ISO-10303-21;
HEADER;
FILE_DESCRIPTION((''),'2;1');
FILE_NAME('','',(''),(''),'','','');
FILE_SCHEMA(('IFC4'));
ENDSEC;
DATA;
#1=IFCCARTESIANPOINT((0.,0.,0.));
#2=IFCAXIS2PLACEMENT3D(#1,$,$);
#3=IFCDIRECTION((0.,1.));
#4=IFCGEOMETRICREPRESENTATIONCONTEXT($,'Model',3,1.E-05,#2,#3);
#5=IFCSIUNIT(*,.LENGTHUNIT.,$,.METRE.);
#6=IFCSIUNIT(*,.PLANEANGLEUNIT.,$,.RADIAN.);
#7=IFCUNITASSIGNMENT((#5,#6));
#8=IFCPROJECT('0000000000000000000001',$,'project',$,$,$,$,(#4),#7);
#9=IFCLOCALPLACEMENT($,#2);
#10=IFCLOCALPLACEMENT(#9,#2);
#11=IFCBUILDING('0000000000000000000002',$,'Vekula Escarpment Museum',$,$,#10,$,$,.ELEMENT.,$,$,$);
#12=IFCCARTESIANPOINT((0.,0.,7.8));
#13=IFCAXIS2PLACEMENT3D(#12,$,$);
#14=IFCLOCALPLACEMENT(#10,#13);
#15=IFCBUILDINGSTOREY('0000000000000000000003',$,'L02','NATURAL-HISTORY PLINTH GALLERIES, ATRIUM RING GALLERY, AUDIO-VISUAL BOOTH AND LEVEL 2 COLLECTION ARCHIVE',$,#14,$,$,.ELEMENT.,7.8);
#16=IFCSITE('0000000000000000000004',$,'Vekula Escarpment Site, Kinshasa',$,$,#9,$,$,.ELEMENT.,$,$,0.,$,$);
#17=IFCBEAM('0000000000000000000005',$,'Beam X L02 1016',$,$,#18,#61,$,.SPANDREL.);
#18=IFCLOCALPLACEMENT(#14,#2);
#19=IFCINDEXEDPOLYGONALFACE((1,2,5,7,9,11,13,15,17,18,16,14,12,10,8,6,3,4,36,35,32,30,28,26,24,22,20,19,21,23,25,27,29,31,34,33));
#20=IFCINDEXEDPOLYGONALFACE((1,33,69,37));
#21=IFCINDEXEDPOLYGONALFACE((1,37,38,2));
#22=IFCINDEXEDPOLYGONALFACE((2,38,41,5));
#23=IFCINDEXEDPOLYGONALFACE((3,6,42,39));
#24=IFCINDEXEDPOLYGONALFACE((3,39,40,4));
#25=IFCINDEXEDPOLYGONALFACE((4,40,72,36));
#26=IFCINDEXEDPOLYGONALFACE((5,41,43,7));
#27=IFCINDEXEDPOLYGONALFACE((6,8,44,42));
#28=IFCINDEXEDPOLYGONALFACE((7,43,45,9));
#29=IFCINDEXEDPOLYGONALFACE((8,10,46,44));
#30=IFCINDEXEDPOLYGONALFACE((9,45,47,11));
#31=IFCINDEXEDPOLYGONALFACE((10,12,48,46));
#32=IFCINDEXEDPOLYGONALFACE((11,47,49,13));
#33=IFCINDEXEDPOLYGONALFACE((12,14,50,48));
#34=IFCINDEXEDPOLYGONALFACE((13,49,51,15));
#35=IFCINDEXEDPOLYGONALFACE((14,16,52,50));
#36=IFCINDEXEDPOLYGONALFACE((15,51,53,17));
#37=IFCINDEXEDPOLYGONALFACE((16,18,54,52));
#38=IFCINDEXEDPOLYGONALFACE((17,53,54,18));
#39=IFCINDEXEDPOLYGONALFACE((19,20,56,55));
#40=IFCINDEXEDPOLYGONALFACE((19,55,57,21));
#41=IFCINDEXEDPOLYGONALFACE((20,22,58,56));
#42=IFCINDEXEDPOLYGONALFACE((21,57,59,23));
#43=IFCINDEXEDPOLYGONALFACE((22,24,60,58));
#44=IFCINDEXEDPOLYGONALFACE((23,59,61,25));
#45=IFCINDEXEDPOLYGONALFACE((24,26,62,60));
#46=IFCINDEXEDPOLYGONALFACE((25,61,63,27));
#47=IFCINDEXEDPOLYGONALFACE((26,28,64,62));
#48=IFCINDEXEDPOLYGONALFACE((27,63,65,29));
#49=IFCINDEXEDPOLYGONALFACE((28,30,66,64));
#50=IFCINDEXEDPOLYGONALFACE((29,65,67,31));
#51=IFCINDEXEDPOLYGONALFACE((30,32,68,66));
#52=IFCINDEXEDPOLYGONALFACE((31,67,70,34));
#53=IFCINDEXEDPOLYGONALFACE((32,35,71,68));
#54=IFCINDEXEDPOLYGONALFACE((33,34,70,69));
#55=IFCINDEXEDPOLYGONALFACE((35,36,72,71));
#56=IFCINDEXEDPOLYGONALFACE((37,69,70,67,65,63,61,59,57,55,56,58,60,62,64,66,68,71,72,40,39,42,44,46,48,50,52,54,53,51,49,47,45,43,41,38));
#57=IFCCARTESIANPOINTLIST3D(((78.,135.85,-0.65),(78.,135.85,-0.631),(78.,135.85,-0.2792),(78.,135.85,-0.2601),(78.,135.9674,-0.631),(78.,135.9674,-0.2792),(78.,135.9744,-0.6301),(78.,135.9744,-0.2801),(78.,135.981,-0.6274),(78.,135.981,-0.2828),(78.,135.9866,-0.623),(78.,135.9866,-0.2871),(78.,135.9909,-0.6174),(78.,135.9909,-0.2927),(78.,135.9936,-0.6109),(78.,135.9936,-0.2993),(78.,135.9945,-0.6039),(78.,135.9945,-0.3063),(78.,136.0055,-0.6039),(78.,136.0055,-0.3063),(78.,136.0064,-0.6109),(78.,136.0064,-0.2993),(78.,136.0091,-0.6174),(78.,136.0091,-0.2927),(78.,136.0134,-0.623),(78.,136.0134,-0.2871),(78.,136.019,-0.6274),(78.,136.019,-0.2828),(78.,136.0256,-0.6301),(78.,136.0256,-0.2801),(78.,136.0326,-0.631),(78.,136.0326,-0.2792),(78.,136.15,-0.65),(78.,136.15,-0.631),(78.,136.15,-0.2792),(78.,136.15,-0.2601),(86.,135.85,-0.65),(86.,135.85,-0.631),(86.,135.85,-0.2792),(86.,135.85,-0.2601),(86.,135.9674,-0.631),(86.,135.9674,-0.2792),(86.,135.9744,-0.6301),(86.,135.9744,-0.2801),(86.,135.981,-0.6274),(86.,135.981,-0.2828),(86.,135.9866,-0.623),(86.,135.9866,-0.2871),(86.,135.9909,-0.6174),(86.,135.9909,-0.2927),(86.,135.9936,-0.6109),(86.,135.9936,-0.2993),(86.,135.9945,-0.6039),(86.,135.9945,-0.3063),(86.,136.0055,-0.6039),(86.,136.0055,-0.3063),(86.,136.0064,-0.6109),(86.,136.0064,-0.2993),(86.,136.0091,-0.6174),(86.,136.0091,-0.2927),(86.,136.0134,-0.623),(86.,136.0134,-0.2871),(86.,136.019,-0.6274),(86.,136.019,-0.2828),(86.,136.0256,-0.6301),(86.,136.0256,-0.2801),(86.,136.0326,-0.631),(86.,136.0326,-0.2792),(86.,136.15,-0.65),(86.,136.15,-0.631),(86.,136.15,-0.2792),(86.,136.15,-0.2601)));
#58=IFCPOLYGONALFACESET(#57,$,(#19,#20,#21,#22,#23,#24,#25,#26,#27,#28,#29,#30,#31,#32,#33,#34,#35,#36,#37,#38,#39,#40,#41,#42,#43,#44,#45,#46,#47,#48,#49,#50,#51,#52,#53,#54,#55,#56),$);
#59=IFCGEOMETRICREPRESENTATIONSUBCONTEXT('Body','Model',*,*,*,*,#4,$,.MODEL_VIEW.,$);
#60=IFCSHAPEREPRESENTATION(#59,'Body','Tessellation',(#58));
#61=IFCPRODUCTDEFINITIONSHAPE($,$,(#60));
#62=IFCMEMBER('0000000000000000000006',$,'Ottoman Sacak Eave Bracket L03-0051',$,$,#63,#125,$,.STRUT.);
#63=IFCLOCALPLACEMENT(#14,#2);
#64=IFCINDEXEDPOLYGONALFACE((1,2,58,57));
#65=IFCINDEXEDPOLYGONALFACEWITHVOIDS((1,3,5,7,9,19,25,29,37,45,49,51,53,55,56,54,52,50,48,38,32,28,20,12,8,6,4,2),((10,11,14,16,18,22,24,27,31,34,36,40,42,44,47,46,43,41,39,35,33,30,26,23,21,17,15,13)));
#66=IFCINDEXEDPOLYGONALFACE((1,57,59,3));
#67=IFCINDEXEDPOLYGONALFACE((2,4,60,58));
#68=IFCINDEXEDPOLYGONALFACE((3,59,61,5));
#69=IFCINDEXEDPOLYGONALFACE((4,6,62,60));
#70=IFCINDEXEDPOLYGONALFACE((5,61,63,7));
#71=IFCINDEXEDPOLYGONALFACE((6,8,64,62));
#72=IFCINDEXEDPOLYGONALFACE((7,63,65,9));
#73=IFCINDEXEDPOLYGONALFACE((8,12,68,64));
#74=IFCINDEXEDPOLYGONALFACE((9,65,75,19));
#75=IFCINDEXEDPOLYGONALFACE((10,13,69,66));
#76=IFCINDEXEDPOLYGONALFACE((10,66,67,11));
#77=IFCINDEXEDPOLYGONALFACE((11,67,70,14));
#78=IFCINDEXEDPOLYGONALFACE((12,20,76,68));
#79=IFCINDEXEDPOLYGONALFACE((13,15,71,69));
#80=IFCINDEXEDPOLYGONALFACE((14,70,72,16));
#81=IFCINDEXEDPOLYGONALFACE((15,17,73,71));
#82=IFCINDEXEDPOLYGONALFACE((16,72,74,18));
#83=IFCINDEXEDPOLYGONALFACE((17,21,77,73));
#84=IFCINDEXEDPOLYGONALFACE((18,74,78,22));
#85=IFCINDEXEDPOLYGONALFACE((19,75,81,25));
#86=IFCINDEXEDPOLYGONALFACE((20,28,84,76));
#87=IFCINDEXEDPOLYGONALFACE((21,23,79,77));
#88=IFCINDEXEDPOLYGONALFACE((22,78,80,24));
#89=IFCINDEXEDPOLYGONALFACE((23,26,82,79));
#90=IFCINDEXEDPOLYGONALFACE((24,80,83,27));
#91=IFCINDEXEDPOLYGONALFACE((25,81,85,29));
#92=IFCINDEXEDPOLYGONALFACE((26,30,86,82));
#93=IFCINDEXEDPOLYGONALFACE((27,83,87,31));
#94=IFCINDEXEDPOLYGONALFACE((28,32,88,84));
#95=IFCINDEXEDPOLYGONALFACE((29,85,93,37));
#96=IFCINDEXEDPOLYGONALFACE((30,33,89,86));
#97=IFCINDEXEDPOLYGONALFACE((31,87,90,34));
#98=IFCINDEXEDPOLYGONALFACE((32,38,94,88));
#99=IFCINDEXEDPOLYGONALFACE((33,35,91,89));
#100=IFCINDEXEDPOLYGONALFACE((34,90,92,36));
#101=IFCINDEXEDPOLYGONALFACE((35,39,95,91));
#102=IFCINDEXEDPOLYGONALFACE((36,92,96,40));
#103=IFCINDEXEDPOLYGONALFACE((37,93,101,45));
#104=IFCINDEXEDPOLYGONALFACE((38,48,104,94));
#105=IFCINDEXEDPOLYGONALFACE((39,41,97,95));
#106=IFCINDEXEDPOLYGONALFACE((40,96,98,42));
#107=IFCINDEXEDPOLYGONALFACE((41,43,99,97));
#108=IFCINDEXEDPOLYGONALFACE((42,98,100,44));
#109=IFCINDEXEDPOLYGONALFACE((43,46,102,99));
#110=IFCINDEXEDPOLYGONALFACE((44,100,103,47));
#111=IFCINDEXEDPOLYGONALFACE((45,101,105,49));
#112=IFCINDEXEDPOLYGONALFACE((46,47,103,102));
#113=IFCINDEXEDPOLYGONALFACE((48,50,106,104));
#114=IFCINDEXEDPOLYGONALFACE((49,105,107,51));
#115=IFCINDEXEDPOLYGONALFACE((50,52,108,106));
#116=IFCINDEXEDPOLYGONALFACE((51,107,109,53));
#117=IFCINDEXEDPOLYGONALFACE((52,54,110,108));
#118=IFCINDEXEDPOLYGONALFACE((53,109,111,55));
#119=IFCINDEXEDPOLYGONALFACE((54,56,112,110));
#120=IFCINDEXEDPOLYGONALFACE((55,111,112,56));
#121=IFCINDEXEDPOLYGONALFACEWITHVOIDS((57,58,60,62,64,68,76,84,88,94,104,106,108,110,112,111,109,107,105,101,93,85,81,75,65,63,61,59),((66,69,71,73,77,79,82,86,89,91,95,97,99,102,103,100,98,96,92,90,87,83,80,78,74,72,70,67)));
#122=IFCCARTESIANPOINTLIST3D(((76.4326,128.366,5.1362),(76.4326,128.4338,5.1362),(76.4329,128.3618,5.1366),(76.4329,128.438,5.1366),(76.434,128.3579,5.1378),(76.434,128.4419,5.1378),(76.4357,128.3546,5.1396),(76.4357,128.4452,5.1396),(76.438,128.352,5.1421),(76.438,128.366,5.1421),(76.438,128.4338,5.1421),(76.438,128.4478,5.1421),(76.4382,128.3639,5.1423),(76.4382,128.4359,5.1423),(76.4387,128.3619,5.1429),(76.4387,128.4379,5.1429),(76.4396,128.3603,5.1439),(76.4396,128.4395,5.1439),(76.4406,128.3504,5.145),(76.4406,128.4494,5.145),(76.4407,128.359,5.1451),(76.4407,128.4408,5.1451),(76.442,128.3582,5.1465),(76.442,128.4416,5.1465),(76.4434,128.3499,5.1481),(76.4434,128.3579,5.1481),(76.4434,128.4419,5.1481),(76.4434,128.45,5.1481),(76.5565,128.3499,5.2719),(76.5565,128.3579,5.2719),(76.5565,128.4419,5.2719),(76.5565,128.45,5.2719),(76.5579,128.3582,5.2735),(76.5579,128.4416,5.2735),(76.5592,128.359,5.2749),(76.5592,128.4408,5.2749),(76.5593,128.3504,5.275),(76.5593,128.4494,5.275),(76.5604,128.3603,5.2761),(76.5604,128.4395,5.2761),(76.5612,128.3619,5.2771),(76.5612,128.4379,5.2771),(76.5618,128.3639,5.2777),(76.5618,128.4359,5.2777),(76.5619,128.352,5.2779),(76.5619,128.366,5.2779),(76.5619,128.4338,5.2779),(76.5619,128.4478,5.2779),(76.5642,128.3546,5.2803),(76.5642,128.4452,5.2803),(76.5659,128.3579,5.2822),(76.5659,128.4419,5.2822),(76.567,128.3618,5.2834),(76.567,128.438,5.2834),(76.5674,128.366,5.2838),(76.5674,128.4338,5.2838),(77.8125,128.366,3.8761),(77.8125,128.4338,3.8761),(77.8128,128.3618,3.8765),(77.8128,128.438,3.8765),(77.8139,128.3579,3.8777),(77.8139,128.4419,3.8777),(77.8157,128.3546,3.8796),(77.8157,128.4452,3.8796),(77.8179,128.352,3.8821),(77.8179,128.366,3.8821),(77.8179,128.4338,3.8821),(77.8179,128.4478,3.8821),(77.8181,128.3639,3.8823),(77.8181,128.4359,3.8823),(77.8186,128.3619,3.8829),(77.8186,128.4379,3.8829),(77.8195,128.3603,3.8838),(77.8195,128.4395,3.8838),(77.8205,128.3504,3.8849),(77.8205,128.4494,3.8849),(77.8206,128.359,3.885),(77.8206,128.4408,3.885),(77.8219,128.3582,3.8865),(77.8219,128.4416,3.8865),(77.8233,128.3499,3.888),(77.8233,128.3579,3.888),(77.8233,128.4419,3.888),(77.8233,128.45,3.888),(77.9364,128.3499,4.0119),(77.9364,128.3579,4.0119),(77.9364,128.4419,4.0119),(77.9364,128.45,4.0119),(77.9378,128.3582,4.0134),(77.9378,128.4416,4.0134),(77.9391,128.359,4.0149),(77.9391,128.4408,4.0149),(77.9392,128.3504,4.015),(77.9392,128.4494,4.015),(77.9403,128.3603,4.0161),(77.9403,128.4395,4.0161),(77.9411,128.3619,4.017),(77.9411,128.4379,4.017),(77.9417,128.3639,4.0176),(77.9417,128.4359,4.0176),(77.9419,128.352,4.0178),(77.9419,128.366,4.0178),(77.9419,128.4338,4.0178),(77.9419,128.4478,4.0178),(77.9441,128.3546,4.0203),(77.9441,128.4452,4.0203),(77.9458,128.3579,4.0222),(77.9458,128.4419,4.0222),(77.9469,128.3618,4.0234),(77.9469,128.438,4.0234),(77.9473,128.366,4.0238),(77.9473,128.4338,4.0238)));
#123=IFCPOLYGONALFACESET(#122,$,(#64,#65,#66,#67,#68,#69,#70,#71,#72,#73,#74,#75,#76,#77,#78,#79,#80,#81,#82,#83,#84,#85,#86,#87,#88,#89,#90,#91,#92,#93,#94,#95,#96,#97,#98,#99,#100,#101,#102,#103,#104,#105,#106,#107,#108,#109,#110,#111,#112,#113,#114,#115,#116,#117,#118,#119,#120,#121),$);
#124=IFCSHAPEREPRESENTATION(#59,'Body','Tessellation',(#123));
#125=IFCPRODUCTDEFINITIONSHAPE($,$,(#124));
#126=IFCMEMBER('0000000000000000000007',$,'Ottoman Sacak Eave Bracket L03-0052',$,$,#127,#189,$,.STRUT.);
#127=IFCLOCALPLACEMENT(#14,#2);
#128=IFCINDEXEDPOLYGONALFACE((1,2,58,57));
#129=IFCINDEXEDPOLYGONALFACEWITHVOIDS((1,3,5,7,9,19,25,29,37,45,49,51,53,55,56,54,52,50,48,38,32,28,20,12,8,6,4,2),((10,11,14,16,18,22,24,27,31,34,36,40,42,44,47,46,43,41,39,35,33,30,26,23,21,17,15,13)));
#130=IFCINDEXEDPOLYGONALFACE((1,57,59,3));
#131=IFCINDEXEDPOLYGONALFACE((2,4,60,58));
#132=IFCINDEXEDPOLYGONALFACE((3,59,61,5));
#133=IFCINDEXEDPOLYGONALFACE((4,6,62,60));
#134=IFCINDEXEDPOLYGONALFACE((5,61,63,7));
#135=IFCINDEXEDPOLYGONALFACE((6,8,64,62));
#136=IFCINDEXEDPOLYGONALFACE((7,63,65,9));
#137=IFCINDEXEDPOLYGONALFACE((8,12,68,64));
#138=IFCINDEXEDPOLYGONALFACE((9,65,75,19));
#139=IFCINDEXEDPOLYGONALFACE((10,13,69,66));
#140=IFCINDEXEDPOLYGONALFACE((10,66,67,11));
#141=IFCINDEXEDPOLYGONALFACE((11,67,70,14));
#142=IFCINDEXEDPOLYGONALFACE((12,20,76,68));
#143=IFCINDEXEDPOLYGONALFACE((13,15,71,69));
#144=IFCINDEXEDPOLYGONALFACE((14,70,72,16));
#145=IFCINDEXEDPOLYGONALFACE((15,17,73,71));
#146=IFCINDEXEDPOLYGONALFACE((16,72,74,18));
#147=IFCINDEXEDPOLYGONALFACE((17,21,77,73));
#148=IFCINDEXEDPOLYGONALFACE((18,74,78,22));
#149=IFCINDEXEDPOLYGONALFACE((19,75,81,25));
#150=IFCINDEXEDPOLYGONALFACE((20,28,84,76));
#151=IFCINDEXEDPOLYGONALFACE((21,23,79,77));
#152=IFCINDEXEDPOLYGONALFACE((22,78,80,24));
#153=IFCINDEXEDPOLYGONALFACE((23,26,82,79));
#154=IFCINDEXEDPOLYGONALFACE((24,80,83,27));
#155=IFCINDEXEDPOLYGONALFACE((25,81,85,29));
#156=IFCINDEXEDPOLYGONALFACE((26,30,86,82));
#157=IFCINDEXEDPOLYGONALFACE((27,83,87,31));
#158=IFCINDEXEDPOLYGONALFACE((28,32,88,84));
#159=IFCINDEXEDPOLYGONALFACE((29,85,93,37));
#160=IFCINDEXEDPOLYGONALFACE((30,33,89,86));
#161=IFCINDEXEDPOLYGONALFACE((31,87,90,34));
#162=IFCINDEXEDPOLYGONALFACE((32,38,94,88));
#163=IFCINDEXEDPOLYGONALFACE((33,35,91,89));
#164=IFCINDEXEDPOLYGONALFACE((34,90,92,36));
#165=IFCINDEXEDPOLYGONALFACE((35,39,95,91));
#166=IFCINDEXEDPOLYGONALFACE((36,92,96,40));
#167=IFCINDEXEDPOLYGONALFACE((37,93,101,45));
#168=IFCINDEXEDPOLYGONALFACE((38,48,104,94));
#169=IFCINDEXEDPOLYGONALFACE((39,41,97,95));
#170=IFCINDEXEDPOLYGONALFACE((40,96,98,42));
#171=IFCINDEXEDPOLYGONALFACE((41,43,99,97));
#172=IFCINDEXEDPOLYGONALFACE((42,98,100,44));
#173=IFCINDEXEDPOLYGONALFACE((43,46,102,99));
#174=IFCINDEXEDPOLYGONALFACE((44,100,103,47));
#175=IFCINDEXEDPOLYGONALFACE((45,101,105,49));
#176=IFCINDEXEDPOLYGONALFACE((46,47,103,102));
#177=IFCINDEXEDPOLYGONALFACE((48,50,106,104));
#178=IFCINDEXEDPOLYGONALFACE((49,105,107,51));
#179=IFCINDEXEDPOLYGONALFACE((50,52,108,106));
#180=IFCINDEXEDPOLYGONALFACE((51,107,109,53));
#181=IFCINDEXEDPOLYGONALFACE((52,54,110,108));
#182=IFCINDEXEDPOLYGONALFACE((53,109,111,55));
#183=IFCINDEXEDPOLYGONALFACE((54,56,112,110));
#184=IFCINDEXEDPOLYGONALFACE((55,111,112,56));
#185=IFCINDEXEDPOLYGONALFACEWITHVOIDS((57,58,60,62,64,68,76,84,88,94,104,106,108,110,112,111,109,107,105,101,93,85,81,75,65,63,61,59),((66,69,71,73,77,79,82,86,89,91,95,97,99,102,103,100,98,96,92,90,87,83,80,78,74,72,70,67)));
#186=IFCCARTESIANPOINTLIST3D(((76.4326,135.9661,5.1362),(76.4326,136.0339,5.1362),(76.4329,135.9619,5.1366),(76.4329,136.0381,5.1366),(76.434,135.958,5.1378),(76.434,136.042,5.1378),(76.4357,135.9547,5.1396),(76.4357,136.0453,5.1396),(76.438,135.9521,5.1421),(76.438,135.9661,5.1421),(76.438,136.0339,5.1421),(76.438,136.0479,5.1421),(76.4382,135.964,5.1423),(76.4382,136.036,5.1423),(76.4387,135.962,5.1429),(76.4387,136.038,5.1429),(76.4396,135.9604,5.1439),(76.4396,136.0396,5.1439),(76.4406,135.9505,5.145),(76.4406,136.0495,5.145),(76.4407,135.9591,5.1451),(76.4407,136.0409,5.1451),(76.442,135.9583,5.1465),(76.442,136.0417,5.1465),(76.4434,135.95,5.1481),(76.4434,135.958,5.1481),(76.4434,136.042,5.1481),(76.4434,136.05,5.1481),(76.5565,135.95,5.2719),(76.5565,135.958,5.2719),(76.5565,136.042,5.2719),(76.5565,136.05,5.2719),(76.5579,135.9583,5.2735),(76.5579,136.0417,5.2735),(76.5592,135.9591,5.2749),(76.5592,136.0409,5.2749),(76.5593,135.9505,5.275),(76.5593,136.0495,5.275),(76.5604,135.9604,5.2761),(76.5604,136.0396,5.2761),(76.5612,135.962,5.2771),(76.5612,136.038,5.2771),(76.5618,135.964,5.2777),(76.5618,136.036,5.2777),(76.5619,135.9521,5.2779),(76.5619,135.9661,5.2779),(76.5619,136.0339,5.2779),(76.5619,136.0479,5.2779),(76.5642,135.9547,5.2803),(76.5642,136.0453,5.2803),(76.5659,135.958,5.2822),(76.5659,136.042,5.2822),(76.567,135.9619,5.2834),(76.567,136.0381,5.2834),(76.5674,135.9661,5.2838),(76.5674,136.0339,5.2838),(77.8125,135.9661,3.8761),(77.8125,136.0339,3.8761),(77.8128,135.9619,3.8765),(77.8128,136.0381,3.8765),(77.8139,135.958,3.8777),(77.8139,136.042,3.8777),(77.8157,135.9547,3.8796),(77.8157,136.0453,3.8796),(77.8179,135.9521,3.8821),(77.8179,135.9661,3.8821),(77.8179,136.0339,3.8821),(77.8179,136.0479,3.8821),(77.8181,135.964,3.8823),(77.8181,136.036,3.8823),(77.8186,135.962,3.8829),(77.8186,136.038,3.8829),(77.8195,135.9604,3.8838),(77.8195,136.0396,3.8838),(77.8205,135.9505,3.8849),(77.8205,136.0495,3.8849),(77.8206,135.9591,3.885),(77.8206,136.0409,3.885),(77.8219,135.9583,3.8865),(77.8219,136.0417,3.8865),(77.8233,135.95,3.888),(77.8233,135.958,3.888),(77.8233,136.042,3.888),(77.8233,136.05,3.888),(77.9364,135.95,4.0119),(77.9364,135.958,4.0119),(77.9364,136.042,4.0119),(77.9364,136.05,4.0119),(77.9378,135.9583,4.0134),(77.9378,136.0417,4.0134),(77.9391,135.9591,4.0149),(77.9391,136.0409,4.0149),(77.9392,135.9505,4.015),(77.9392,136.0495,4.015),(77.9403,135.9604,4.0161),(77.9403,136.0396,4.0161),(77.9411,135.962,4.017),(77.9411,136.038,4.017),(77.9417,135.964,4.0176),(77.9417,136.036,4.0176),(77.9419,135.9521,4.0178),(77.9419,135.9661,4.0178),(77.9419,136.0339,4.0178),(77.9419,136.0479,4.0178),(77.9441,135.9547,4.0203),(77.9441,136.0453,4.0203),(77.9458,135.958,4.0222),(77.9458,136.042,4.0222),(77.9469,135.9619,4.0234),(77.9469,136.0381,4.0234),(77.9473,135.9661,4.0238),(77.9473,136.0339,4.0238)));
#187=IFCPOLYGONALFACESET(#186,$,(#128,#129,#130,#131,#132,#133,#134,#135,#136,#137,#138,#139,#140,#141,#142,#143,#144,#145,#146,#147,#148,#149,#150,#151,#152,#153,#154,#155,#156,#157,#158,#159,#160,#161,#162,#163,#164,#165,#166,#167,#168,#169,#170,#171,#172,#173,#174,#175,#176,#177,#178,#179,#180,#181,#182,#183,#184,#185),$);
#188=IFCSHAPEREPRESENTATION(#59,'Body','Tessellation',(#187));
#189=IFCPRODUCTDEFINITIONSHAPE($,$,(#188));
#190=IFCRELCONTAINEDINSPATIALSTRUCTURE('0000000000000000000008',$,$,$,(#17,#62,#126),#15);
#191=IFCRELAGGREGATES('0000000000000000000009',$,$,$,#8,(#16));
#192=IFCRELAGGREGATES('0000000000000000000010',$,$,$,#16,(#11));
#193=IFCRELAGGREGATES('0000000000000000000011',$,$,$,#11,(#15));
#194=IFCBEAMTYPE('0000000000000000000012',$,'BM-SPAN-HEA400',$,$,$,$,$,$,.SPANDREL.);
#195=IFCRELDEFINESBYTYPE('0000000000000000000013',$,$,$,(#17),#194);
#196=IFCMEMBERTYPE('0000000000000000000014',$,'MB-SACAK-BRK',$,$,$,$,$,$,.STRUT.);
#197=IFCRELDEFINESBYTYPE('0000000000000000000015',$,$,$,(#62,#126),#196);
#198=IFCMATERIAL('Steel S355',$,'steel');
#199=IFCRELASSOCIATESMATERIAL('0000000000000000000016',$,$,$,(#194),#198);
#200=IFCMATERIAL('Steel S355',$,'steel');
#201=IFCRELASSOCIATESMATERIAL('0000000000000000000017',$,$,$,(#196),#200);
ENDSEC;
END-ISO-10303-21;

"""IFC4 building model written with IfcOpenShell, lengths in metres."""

from ifc_helpers import new_model, si_unit, direction, frame, origin, origin_2d, place, context, subcontext, project, spatial, hollow_rectangle, i_section, extrude, material, material_profile, profile_set, type_object, element, save


model = new_model("IFC4")

# Units and contexts
model_context = context("Model", 3, precision=1e-05, world=origin(), true_north=direction((0.0, 1.0)))
body_context = subcontext(model_context, "Body", "Model", "MODEL_VIEW")
ifc_project = project(units=[si_unit("LENGTHUNIT", "METRE"), si_unit("PLANEANGLEUNIT", "RADIAN")], contexts=[model_context])

# Site, building, storey
site_placement = place(None, origin())
site = spatial("IfcSite", under=ifc_project, at=site_placement, Name="Vekula Escarpment Site, Kinshasa", CompositionType="ELEMENT", RefElevation=0.0)
building_placement = place(site_placement, origin())
building = spatial("IfcBuilding", under=site, at=building_placement, Name="Vekula Escarpment Museum", CompositionType="ELEMENT")
storey_placement = place(building_placement, frame((0.0, 0.0, 7.8)))
storey = spatial("IfcBuildingStorey", under=building, at=storey_placement, Name="L02", Description="NATURAL-HISTORY PLINTH GALLERIES, ATRIUM RING GALLERY, AUDIO-VISUAL BOOTH AND LEVEL 2 COLLECTION ARCHIVE", CompositionType="ELEMENT", Elevation=7.8)

# Beam
ifc_material_1 = material(Name="Steel S355", Category="steel")
ifc_material_profile_1 = material_profile(ifc_material_1, i_section(OverallWidth=0.3, OverallDepth=0.3899, WebThickness=0.011, FlangeThickness=0.019, FilletRadius=0.0271, at=origin_2d()), Name="HEA 400")
ifc_profile_set_1 = profile_set([ifc_material_profile_1], Name="Steel S355")
beam_type_1 = type_object("IfcBeamType", Name="BM-SPAN-HEA400", PredefinedType="SPANDREL", material=ifc_profile_set_1)
beam_1_placement = place(storey_placement, frame((78.0, 136.0, -0.4551), z_axis=(1.0, 0.0, 0.0), x_axis=(0.0, 1.0, 0.0)))
element("IfcBeam", 1, at=beam_1_placement, inside=storey, type_object=beam_type_1, Name="Beam X L02 1016", PredefinedType="SPANDREL", context=body_context, shape_type="SweptSolid", body=[
    extrude(i_section(OverallWidth=0.3, OverallDepth=0.3899, WebThickness=0.011, FlangeThickness=0.019, FilletRadius=0.0271, at=origin_2d()), origin(), (0.0, 0.0, 1.0), 8.0),
])

# Members
ifc_material_2 = material(Name="Steel S355", Category="steel")
ifc_material_profile_2 = material_profile(ifc_material_2, hollow_rectangle(XDim=0.1001, YDim=0.2, WallThickness=0.0081, InnerFilletRadius=0.0081, OuterFilletRadius=0.0161, at=origin_2d()), Name="RHS 200x100x8")
ifc_profile_set_2 = profile_set([ifc_material_profile_2], Name="Steel S355")
member_type = type_object("IfcMemberType", Name="MB-SACAK-BRK", PredefinedType="STRUT", material=ifc_profile_set_2)
for number, where, z_axis, x_axis, name in (
    (2, (77.8799, 128.3999, 3.95), (-0.738454, 0.0, 0.674303), (0.0, -1.0, 0.0), "Ottoman Sacak Eave Bracket L03-0051"),
    (3, (77.8799, 136.0, 3.95), (-0.738454, 0.0, 0.674303), (0.0, -1.0, 0.0), "Ottoman Sacak Eave Bracket L03-0052"),
):
    element("IfcMember", number, at=place(storey_placement, frame(where, z_axis=z_axis, x_axis=x_axis)), inside=storey, type_object=member_type, Name=name, PredefinedType="STRUT", context=body_context, shape_type="SweptSolid", body=[
        extrude(hollow_rectangle(XDim=0.1001, YDim=0.2, WallThickness=0.0081, InnerFilletRadius=0.0081, OuterFilletRadius=0.0161, at=origin_2d()), origin(), (0.0, 0.0, 1.0), 1.8687),
    ])

save(model, "model.ifc")
